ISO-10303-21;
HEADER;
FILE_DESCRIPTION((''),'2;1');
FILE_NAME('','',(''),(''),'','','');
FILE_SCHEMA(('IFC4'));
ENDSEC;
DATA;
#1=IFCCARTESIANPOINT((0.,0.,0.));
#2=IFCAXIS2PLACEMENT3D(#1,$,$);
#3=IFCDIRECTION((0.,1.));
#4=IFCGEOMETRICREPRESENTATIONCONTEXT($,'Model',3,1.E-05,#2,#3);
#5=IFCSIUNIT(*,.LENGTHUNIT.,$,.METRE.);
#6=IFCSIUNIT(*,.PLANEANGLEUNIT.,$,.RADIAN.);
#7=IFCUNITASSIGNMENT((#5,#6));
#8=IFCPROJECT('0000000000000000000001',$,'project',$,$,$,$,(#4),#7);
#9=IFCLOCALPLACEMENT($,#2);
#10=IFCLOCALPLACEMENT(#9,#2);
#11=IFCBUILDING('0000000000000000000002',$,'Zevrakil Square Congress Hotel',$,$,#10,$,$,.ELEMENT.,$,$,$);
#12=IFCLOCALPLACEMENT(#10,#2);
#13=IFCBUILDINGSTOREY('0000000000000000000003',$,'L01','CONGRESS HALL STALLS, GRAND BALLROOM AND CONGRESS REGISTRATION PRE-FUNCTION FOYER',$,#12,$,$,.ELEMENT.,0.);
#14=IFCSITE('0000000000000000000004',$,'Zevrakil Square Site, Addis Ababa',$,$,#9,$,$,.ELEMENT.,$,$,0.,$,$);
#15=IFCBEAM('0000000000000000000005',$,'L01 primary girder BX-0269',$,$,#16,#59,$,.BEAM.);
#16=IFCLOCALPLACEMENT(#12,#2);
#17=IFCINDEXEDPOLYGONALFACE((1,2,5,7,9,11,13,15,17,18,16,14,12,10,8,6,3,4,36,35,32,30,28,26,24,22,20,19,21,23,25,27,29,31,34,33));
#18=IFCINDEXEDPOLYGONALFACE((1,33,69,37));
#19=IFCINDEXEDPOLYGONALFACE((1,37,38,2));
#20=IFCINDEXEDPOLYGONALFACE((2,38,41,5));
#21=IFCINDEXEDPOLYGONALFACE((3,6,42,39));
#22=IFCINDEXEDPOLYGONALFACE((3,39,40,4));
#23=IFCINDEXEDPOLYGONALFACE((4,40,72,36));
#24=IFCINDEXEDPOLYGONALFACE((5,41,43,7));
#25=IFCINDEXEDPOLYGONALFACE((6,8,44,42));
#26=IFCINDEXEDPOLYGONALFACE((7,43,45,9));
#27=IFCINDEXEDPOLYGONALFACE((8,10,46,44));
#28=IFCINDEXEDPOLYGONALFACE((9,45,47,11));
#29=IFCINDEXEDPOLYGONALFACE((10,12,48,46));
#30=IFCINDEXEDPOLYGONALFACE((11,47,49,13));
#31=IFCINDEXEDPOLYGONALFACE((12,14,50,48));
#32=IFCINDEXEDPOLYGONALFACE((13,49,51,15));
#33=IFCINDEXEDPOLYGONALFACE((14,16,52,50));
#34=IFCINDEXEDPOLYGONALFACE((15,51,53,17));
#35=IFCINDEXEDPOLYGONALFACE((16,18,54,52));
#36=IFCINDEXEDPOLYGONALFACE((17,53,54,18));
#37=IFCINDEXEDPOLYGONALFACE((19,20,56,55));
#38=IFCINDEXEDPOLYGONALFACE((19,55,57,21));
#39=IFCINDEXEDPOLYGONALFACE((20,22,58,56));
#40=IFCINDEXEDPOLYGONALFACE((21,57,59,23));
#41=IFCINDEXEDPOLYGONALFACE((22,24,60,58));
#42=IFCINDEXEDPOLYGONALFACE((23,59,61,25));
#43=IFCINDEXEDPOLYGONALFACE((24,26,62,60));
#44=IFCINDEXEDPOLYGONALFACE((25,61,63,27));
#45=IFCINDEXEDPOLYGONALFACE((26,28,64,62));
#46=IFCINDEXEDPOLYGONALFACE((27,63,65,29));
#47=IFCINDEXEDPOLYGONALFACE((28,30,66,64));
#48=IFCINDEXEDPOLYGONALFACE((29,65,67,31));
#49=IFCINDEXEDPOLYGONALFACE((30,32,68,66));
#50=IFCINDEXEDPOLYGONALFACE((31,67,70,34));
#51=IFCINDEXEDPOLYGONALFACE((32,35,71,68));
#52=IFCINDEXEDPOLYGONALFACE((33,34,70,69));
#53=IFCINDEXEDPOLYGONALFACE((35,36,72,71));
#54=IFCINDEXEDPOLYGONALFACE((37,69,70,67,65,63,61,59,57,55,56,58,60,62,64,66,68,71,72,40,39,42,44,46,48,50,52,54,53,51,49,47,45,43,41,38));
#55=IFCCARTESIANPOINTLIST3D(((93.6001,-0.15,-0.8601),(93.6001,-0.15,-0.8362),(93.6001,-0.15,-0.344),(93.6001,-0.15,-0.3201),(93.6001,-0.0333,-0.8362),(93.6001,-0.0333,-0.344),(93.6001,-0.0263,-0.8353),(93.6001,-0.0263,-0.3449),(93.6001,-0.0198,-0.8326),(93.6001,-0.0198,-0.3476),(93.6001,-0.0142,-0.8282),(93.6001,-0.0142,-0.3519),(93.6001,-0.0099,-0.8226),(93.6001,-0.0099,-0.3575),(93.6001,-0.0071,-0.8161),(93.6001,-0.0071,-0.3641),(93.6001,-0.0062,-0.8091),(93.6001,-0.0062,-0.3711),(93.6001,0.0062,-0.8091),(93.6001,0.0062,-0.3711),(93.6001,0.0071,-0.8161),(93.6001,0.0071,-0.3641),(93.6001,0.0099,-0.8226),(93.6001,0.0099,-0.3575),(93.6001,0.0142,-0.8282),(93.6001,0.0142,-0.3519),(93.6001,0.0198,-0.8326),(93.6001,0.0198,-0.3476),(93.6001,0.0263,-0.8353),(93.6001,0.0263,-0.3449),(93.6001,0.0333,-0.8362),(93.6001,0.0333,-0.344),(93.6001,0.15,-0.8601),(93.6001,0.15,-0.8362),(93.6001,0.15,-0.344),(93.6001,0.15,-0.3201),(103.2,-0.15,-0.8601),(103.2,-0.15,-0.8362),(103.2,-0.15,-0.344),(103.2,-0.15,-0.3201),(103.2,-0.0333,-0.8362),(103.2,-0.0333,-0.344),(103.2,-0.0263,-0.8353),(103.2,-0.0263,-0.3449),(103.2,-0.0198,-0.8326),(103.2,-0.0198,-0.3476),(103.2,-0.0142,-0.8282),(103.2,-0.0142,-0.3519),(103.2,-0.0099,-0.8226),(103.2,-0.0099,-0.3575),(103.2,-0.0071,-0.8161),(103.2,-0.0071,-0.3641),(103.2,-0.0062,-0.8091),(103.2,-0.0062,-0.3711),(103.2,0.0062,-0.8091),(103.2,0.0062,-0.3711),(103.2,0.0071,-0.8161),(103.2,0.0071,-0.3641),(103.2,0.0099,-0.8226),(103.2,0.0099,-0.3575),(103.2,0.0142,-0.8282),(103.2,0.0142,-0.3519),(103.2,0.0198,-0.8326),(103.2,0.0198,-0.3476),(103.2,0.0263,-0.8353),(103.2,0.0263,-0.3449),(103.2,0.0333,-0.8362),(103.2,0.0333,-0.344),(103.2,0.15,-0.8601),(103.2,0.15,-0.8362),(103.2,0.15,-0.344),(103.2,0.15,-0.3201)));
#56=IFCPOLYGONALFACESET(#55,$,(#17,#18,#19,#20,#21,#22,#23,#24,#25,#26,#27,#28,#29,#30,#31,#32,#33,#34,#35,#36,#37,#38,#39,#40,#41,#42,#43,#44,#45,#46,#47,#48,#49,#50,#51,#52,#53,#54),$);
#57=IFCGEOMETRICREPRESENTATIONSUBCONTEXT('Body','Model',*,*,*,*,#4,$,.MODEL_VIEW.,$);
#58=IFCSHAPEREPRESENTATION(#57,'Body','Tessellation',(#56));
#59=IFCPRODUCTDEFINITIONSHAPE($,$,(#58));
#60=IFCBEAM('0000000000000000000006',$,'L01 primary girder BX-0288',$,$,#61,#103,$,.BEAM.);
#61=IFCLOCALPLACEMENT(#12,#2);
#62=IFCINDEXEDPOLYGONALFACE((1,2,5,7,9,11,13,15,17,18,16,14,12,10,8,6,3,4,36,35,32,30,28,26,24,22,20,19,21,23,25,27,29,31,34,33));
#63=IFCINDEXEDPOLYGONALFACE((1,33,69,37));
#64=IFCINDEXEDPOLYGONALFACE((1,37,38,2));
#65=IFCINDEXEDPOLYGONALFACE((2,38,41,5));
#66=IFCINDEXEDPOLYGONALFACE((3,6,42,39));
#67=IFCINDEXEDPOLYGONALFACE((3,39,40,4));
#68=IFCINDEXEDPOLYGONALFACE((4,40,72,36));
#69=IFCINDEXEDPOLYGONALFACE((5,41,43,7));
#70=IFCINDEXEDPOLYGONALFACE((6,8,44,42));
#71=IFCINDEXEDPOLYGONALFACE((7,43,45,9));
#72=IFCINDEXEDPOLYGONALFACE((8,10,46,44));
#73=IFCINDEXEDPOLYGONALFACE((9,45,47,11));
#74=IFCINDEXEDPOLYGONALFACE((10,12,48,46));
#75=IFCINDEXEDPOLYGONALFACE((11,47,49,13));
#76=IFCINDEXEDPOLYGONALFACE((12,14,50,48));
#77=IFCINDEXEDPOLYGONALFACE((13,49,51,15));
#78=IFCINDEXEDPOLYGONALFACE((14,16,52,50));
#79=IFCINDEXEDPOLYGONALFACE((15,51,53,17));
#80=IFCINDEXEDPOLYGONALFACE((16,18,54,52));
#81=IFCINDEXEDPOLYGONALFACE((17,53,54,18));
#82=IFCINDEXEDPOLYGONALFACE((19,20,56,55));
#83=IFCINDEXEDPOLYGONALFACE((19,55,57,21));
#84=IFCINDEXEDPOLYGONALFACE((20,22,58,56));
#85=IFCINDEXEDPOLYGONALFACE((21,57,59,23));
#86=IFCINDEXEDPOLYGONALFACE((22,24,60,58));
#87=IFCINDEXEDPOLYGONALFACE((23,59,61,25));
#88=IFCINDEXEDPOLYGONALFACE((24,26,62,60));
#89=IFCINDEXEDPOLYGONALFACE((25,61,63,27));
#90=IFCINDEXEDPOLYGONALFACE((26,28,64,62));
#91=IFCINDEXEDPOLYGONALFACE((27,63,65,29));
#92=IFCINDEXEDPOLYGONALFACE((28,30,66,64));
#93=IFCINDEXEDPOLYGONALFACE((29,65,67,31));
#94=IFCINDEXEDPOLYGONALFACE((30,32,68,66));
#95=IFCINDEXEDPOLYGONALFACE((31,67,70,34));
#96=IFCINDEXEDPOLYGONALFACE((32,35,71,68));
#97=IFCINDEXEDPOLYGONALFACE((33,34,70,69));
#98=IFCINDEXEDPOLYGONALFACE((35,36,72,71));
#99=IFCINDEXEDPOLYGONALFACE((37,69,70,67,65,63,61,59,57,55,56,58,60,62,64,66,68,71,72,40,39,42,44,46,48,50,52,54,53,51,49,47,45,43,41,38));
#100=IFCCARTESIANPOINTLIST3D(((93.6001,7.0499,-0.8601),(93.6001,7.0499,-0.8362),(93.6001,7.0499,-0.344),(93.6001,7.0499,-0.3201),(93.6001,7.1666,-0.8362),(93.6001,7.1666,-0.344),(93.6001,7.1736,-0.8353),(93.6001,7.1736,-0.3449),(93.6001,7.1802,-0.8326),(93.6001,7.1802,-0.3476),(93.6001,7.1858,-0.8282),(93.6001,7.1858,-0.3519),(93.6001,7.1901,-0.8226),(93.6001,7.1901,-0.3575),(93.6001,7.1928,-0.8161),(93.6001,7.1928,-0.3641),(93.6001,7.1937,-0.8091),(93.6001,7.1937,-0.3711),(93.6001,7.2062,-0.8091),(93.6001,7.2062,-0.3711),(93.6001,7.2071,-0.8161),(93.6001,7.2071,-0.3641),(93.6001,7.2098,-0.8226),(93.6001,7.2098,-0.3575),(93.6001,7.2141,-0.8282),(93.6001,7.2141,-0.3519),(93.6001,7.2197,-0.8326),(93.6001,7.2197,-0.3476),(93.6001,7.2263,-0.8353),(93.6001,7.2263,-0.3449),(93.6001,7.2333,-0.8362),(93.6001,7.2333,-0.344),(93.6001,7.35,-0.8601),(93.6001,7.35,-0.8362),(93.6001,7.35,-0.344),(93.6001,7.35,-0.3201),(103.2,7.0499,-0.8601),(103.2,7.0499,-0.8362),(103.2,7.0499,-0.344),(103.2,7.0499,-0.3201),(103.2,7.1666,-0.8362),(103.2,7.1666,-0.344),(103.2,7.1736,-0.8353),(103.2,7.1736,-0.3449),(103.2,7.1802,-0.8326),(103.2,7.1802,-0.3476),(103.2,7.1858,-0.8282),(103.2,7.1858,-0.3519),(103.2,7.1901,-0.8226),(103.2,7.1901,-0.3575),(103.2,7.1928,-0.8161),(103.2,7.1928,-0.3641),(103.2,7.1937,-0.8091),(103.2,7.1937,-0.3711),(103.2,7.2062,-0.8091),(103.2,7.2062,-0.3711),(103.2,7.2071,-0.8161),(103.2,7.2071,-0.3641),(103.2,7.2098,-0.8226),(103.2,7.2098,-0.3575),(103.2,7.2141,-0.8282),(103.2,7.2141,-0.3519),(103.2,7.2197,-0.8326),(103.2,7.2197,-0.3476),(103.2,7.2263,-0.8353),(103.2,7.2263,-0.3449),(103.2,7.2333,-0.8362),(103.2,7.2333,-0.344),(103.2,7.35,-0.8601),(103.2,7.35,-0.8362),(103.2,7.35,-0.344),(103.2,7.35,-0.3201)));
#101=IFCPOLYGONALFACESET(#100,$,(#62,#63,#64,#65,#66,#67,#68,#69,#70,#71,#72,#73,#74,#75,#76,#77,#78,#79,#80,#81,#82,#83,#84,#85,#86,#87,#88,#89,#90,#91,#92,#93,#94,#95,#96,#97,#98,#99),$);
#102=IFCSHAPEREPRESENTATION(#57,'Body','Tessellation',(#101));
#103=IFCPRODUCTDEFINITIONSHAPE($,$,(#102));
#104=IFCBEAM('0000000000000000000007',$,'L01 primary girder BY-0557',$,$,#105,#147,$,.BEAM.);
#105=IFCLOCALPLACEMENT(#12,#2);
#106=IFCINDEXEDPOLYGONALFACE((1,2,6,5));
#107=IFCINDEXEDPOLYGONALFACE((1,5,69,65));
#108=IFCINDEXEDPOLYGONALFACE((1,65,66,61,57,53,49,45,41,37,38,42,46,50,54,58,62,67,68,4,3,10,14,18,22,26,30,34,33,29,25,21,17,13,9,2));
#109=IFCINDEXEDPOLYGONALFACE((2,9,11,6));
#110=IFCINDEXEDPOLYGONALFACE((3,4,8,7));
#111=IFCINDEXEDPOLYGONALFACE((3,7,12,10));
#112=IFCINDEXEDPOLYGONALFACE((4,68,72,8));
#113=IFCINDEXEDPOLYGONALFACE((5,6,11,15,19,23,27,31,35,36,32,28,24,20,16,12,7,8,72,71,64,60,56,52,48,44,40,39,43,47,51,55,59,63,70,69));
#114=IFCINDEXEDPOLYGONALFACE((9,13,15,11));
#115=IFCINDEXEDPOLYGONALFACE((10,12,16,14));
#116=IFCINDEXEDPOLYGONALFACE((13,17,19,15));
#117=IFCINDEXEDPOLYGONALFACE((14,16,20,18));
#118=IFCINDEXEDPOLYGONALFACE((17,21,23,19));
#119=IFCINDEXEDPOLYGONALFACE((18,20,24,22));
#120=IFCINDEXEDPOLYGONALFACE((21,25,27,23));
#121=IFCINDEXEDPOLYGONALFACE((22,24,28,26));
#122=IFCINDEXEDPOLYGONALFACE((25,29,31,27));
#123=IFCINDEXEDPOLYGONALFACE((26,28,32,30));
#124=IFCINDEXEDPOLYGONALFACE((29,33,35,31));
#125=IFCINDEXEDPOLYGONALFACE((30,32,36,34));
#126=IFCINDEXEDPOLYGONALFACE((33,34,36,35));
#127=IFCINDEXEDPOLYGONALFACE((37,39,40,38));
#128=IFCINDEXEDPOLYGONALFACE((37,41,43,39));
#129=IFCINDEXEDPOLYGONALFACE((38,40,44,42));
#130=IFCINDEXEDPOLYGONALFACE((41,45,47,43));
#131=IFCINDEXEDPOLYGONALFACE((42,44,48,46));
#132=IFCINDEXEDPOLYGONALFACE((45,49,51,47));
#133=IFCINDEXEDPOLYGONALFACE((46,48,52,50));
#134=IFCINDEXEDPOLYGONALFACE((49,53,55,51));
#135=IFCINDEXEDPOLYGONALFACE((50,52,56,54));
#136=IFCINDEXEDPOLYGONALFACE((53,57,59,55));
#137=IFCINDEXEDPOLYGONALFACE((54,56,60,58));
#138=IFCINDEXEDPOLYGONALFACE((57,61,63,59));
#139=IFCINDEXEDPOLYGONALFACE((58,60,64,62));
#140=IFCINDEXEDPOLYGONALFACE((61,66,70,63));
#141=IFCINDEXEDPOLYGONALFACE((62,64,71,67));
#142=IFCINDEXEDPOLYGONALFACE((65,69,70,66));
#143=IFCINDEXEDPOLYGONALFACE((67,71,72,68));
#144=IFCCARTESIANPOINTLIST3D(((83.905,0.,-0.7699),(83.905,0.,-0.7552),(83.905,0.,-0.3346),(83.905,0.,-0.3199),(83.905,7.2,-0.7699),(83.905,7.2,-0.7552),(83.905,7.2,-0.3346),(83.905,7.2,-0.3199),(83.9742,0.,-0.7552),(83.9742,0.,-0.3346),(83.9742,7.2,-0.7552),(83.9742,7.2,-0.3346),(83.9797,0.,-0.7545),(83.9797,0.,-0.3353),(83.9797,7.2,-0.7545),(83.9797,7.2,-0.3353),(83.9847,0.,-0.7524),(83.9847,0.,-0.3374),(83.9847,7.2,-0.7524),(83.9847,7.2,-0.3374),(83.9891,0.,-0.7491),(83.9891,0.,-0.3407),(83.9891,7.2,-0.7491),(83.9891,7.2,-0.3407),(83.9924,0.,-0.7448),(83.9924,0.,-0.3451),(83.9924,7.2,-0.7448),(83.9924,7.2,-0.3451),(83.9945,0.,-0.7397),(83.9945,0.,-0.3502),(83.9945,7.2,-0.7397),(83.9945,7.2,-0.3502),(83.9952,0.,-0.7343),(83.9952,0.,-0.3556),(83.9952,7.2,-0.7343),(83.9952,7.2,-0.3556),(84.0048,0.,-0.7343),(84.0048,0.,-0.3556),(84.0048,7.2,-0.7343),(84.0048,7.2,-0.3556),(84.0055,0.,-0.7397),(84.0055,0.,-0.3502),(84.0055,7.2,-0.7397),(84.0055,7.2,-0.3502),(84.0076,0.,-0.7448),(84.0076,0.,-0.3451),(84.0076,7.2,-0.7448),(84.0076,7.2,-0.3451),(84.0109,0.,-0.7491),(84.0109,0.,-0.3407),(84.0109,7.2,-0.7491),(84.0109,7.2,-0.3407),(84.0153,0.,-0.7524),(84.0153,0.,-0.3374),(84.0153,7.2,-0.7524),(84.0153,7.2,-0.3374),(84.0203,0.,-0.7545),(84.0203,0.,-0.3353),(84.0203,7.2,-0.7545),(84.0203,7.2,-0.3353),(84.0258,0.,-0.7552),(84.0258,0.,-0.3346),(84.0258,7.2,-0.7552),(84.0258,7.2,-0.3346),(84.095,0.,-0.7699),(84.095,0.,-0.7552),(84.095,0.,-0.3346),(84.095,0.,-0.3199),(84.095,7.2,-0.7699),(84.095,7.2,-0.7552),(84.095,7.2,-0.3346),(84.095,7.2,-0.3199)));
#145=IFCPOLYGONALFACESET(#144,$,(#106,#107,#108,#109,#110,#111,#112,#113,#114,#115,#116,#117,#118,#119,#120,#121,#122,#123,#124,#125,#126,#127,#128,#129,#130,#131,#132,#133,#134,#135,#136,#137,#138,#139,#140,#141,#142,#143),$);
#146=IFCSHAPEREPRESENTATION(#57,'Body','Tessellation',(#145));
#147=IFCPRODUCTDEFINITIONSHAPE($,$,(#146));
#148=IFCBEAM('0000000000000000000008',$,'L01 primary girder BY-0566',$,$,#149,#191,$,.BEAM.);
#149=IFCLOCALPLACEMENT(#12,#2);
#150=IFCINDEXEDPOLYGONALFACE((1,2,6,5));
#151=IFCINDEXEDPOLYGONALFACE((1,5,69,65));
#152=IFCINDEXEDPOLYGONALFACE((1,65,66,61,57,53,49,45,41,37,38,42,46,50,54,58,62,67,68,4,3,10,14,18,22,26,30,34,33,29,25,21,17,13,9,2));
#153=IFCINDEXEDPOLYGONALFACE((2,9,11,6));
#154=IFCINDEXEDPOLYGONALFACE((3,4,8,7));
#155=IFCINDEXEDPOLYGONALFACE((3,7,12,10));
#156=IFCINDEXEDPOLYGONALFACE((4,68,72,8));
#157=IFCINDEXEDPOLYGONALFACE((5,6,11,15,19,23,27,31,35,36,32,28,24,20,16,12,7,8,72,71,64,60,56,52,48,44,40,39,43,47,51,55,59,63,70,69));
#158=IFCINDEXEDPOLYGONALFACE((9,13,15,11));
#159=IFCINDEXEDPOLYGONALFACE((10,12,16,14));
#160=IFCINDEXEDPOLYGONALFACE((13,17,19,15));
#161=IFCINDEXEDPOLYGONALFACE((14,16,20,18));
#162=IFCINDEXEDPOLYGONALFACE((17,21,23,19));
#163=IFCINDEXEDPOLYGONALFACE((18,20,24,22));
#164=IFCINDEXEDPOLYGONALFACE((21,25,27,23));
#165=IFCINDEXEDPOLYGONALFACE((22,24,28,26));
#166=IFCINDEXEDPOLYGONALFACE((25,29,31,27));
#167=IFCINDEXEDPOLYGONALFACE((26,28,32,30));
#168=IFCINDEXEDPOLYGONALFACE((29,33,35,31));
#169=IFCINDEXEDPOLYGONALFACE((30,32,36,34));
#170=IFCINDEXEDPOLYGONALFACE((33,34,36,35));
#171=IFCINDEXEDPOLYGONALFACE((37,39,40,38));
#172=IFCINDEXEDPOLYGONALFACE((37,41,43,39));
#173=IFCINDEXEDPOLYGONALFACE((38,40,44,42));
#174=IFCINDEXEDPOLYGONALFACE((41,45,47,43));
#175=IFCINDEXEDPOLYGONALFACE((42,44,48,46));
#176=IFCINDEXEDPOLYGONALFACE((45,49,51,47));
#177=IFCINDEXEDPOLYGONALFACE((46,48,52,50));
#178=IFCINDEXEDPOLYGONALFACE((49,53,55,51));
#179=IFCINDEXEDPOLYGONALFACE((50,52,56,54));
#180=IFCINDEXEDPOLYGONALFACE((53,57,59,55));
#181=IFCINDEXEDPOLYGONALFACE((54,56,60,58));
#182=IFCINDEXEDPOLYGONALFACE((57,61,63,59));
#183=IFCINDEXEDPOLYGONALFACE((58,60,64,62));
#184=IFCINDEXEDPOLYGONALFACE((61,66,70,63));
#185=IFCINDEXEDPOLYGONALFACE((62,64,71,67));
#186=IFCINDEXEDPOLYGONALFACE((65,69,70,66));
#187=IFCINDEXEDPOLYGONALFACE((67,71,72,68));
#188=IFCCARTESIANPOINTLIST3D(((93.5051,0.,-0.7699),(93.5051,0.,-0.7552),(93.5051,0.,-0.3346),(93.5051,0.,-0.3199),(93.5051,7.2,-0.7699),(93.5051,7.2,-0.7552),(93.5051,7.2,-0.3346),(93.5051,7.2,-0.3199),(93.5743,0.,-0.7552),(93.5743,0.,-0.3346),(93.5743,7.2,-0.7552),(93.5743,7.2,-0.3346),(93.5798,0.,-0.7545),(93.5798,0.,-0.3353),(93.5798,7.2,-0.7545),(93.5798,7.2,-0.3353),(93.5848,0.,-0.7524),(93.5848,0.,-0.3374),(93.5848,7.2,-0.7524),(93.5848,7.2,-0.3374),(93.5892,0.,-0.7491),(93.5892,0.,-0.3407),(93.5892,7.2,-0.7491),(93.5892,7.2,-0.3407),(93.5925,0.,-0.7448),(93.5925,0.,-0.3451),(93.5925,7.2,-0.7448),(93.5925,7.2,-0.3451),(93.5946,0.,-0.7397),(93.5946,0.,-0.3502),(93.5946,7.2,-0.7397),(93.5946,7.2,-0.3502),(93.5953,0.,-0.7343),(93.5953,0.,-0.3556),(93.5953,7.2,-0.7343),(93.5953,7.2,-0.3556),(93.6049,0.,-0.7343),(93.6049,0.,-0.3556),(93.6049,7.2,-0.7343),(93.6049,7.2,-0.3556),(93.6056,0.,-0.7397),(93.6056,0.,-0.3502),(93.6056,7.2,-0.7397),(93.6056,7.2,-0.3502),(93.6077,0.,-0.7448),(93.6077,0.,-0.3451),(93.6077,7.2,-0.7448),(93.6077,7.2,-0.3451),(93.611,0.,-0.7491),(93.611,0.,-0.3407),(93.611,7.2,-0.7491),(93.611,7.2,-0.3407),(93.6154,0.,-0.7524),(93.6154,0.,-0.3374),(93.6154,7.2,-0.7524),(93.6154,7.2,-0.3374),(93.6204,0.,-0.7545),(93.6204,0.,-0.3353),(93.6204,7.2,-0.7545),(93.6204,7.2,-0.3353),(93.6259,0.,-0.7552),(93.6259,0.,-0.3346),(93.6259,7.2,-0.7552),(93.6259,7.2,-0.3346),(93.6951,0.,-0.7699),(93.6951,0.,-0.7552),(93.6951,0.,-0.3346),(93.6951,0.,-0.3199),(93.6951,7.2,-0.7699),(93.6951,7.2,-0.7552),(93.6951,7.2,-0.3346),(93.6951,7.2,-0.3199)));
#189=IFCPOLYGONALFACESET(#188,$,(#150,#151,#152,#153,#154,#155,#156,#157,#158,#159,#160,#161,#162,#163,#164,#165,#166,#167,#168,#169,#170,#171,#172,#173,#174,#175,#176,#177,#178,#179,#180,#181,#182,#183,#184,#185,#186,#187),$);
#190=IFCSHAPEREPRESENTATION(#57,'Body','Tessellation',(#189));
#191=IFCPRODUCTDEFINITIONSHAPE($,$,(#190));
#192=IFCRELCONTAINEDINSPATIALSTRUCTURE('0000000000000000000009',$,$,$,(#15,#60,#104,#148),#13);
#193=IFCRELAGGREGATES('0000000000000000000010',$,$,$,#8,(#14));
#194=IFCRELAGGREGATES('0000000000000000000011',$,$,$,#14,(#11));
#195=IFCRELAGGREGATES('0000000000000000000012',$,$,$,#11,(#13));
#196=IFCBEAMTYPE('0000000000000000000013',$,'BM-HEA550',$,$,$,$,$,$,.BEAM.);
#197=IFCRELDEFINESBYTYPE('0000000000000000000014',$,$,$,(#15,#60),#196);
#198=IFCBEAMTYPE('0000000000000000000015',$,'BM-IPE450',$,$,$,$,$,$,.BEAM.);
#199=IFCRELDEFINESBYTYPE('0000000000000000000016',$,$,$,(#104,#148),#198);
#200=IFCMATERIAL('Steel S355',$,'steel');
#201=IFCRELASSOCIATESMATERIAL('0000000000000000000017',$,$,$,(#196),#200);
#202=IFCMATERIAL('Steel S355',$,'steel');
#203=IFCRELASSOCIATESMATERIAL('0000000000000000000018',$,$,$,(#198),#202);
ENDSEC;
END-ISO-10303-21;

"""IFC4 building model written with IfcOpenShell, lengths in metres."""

from ifc_helpers import new_model, si_unit, direction, frame, origin, origin_2d, place, context, subcontext, project, spatial, i_section, extrude, material, material_profile, profile_set, type_object, element, save


model = new_model("IFC4")

# Units and contexts
model_context = context("Model", 3, precision=1e-05, world=origin(), true_north=direction((0.0, 1.0)))
body_context = subcontext(model_context, "Body", "Model", "MODEL_VIEW")
ifc_project = project(units=[si_unit("LENGTHUNIT", "METRE"), si_unit("PLANEANGLEUNIT", "RADIAN")], contexts=[model_context])

# Site, building, storey
site_placement = place(None, origin())
site = spatial("IfcSite", under=ifc_project, at=site_placement, Name="Zevrakil Square Site, Addis Ababa", CompositionType="ELEMENT", RefElevation=0.0)
building_placement = place(site_placement, origin())
building = spatial("IfcBuilding", under=site, at=building_placement, Name="Zevrakil Square Congress Hotel", CompositionType="ELEMENT")
storey_placement = place(building_placement, origin())
storey = spatial("IfcBuildingStorey", under=building, at=storey_placement, Name="L01", Description="CONGRESS HALL STALLS, GRAND BALLROOM AND CONGRESS REGISTRATION PRE-FUNCTION FOYER", CompositionType="ELEMENT", Elevation=0.0)

# Beams
ifc_material_1 = material(Name="Steel S355", Category="steel")
ifc_material_profile_1 = material_profile(ifc_material_1, i_section(OverallWidth=0.3, OverallDepth=0.54, WebThickness=0.0125, FlangeThickness=0.0239, FilletRadius=0.0271, at=origin_2d()), Name="HEA 550")
ifc_profile_set_1 = profile_set([ifc_material_profile_1], Name="Steel S355")
beam_type_1 = type_object("IfcBeamType", Name="BM-HEA550", PredefinedType="BEAM", material=ifc_profile_set_1)
for number, where, z_axis, x_axis, name in (
    (1, (93.6001, 0.0, -0.5901), (1.0, 0.0, 0.0), (0.0, 1.0, 0.0), "L01 primary girder BX-0269"),
    (2, (93.6001, 7.2, -0.5901), (1.0, 0.0, 0.0), (0.0, 1.0, 0.0), "L01 primary girder BX-0288"),
):
    element("IfcBeam", number, at=place(storey_placement, frame(where, z_axis=z_axis, x_axis=x_axis)), inside=storey, type_object=beam_type_1, Name=name, PredefinedType="BEAM", context=body_context, shape_type="SweptSolid", body=[
        extrude(i_section(OverallWidth=0.3, OverallDepth=0.54, WebThickness=0.0125, FlangeThickness=0.0239, FilletRadius=0.0271, at=origin_2d()), origin(), (0.0, 0.0, 1.0), 9.5999),
    ])
ifc_material_2 = material(Name="Steel S355", Category="steel")
ifc_material_profile_2 = material_profile(ifc_material_2, i_section(OverallWidth=0.1899, OverallDepth=0.45, WebThickness=0.0095, FlangeThickness=0.0146, FilletRadius=0.021, at=origin_2d()), Name="IPE 450")
ifc_profile_set_2 = profile_set([ifc_material_profile_2], Name="Steel S355")
beam_type_2 = type_object("IfcBeamType", Name="BM-IPE450", PredefinedType="BEAM", material=ifc_profile_set_2)
for number, where, z_axis, x_axis, name in (
    (3, (84.0, 0.0, -0.5449), (0.0, 1.0, 0.0), (-1.0, 0.0, 0.0), "L01 primary girder BY-0557"),
    (4, (93.6001, 0.0, -0.5449), (0.0, 1.0, 0.0), (-1.0, 0.0, 0.0), "L01 primary girder BY-0566"),
):
    element("IfcBeam", number, at=place(storey_placement, frame(where, z_axis=z_axis, x_axis=x_axis)), inside=storey, type_object=beam_type_2, Name=name, PredefinedType="BEAM", context=body_context, shape_type="SweptSolid", body=[
        extrude(i_section(OverallWidth=0.1899, OverallDepth=0.45, WebThickness=0.0095, FlangeThickness=0.0146, FilletRadius=0.021, at=origin_2d()), origin(), (0.0, 0.0, 1.0), 7.2),
    ])

save(model, "model.ifc")
